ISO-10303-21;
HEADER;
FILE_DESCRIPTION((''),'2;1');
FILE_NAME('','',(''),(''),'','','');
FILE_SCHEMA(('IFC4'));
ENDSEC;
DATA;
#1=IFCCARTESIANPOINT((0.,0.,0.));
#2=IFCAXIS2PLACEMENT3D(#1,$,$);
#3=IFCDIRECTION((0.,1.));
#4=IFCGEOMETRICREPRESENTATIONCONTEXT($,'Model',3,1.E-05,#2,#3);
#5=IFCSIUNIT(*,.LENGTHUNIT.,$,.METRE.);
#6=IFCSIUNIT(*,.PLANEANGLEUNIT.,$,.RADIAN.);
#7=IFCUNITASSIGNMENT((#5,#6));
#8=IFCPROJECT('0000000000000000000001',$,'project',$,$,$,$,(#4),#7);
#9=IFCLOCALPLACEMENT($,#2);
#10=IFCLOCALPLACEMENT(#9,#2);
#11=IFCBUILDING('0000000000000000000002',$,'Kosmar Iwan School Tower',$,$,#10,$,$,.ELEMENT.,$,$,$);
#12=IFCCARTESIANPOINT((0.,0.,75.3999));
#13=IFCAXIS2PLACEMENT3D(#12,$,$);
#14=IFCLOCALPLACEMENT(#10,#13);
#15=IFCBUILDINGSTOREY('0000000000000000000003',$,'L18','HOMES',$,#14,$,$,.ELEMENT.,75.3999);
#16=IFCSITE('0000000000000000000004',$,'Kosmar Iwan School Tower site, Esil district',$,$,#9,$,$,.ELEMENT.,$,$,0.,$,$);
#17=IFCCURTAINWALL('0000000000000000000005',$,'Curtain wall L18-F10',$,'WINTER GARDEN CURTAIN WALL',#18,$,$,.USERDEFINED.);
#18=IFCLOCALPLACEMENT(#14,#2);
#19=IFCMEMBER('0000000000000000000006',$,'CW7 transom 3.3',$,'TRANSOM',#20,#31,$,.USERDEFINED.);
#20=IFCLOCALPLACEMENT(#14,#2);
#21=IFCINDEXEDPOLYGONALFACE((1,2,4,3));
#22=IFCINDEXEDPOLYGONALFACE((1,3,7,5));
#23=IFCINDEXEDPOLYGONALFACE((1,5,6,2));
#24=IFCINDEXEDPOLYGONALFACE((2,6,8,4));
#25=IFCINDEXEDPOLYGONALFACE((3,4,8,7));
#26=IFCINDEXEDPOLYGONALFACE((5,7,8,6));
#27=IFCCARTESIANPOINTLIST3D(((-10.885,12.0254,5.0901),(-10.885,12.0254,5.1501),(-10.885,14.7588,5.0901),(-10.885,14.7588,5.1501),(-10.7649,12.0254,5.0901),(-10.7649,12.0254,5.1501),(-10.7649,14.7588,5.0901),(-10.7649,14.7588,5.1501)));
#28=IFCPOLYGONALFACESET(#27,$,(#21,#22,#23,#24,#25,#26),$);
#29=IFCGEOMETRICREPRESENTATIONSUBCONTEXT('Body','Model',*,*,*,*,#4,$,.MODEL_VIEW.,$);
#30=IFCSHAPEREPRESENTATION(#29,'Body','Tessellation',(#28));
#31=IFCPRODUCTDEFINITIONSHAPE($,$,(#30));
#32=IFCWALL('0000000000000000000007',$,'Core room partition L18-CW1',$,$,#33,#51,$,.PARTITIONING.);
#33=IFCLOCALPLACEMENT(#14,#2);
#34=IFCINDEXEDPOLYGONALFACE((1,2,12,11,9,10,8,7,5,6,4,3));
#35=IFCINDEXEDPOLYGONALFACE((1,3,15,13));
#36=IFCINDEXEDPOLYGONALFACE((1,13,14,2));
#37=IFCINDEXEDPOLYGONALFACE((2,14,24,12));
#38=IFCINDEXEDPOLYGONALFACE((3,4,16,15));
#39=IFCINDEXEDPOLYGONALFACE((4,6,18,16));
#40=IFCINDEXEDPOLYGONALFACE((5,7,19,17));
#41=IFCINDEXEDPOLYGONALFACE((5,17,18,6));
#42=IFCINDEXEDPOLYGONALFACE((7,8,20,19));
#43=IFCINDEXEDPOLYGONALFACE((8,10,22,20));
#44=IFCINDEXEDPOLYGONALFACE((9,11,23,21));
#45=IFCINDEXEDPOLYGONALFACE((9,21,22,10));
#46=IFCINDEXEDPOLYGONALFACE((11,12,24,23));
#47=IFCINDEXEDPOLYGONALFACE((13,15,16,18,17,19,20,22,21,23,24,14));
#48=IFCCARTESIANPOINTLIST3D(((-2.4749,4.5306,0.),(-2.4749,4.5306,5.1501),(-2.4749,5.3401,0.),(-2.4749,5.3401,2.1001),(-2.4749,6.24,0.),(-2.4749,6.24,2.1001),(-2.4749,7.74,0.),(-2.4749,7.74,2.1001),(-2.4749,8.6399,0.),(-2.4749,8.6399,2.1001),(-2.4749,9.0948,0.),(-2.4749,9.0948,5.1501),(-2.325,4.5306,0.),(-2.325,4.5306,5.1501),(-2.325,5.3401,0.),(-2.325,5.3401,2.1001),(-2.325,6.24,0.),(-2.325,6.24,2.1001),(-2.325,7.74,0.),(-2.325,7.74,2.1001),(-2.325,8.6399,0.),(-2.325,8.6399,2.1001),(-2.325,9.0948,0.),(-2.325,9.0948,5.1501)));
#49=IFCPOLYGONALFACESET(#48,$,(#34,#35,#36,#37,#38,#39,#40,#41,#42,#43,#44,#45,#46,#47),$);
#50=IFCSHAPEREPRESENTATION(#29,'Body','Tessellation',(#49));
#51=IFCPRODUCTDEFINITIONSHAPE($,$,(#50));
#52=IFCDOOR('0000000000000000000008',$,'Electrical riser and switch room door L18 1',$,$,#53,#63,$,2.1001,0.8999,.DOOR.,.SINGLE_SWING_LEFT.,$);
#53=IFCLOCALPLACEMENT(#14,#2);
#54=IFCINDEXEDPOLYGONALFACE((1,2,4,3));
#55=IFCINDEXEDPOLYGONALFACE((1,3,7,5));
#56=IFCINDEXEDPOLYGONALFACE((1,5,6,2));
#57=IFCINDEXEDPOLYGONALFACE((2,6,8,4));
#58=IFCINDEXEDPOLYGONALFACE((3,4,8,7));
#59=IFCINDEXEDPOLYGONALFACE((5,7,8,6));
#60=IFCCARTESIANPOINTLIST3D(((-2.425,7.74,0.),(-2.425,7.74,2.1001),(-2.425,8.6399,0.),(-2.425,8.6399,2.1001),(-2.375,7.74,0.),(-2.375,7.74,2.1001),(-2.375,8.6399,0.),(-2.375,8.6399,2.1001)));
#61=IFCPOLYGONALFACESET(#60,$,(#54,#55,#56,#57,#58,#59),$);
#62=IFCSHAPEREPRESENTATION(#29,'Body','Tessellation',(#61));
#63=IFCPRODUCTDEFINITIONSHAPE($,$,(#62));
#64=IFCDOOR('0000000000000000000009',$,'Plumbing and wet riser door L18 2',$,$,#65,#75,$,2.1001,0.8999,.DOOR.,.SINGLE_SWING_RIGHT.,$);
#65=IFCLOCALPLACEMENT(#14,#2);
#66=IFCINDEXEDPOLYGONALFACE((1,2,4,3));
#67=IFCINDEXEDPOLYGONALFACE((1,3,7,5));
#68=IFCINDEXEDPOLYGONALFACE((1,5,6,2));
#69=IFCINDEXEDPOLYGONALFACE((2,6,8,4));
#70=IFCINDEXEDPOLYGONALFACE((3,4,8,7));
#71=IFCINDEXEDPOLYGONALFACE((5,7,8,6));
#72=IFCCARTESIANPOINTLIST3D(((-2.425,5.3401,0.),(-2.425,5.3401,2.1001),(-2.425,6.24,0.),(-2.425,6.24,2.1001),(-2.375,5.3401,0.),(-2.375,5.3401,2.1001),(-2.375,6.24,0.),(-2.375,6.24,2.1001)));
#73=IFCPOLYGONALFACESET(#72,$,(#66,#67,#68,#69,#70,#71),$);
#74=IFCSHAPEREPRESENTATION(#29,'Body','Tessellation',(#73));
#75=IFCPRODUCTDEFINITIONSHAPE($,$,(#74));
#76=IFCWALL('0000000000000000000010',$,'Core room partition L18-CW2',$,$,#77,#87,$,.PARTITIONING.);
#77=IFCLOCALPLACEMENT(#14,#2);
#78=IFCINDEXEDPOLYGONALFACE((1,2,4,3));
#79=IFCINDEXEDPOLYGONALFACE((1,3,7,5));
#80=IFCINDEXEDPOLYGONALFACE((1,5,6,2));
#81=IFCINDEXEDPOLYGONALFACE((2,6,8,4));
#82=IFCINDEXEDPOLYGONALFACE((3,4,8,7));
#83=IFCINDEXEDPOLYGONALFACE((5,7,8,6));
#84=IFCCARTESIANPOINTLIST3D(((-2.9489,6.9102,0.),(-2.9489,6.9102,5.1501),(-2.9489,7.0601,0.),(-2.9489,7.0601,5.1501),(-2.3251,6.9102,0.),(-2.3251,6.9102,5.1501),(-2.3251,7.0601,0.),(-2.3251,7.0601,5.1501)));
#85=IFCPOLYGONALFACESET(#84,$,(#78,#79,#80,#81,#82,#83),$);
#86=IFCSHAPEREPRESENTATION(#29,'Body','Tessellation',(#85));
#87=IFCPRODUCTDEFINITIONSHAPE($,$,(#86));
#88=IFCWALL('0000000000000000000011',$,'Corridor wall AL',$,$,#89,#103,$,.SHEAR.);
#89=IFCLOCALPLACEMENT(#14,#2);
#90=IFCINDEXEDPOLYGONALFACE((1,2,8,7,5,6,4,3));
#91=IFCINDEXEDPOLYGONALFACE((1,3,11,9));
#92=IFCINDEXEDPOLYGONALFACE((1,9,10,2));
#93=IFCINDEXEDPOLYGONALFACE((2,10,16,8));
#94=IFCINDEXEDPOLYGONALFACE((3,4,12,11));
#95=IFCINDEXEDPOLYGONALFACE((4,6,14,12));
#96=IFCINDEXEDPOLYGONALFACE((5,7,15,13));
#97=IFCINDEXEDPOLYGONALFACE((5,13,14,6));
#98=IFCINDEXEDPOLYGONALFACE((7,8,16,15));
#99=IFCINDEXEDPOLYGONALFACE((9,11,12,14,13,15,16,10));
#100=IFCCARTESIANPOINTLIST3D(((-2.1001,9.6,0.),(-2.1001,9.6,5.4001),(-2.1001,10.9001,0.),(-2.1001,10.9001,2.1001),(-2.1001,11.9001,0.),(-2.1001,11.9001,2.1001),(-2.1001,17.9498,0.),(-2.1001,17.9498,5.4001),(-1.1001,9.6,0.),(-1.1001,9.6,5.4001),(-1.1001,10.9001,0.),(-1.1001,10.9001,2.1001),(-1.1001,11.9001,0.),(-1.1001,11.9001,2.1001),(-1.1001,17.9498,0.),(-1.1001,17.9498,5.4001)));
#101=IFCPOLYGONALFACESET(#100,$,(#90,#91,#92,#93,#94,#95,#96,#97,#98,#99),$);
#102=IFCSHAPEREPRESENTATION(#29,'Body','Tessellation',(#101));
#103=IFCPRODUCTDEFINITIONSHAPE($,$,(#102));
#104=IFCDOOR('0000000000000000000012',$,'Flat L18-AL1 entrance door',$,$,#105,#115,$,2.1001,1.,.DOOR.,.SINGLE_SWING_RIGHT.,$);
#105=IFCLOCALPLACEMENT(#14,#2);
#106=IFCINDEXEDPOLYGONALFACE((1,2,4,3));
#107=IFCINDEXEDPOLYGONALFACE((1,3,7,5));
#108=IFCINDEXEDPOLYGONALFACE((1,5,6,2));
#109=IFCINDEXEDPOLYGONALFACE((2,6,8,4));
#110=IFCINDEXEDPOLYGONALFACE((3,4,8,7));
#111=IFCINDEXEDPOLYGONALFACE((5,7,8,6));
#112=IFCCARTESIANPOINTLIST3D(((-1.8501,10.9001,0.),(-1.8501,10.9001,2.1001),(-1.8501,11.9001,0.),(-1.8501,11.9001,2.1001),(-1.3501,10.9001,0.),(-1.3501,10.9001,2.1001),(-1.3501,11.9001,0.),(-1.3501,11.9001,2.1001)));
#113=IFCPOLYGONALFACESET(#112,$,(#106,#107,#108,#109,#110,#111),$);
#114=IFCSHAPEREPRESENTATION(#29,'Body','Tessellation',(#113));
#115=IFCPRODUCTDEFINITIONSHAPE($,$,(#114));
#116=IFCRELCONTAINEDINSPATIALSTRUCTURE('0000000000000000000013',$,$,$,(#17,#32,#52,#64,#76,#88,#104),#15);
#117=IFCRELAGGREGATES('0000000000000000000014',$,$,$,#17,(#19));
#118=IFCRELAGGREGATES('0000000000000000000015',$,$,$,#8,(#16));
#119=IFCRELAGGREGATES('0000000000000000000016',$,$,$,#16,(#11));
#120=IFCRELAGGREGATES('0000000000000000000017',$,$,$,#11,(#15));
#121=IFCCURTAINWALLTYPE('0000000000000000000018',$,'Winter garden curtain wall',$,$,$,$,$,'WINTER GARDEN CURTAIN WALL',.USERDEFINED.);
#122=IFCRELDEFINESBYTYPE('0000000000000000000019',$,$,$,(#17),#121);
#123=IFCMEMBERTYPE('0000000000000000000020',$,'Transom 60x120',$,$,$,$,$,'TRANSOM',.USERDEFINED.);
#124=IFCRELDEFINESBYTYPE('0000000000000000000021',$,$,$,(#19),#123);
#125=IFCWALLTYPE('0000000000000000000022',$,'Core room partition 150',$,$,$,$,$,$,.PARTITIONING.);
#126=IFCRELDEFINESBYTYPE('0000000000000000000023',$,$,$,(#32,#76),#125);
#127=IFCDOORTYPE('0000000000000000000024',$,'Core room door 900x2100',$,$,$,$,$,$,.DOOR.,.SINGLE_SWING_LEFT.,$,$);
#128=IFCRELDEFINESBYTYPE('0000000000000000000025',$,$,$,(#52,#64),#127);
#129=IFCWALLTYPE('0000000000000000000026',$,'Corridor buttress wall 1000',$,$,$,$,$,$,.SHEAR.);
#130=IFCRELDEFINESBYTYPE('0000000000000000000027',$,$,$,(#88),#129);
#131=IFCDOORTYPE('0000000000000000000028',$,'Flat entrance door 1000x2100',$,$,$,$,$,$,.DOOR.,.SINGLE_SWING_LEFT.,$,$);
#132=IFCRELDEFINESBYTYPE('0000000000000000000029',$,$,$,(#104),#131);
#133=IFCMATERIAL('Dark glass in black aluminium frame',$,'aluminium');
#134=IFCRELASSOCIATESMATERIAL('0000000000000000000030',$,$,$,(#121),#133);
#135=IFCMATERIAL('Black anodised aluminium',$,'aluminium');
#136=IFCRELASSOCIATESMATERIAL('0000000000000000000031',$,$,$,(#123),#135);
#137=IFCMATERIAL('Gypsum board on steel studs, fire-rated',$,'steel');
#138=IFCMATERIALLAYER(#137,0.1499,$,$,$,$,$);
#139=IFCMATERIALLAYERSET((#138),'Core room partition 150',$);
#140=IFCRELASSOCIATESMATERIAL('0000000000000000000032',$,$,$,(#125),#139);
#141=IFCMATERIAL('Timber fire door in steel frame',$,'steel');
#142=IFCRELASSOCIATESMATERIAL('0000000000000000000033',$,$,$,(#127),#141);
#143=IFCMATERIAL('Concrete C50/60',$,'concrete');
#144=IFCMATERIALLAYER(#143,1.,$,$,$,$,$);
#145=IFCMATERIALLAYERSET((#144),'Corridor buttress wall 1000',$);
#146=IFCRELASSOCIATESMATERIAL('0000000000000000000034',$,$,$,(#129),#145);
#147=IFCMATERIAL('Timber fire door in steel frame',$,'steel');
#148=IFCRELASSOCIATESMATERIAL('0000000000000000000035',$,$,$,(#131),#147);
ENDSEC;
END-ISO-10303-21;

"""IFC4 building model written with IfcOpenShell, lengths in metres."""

from ifc_helpers import new_model, si_unit, direction, frame, frame_2d, origin, origin_2d, place, context, subcontext, project, spatial, rectangle, extrude, material, layer, layer_set, material_profile, profile_set, type_object, element, fill, aggregate, save


model = new_model("IFC4")

# Units and contexts
model_context = context("Model", 3, precision=1e-05, world=origin(), true_north=direction((0.0, 1.0)))
body_context = subcontext(model_context, "Body", "Model", "MODEL_VIEW")
ifc_project = project(units=[si_unit("LENGTHUNIT", "METRE"), si_unit("PLANEANGLEUNIT", "RADIAN")], contexts=[model_context])

# Site, building, storey
site_placement = place(None, origin())
site = spatial("IfcSite", under=ifc_project, at=site_placement, Name="Kosmar Iwan School Tower site, Esil district", CompositionType="ELEMENT", RefElevation=0.0)
building_placement = place(site_placement, origin())
building = spatial("IfcBuilding", under=site, at=building_placement, Name="Kosmar Iwan School Tower", CompositionType="ELEMENT")
storey_placement = place(building_placement, frame((0.0, 0.0, 75.3999)))
storey = spatial("IfcBuildingStorey", under=building, at=storey_placement, Name="L18", Description="HOMES", CompositionType="ELEMENT", Elevation=75.3999)

# Curtain wall, member
ifc_material_1 = material(Name="Dark glass in black aluminium frame", Category="aluminium")
curtain_wall_type = type_object("IfcCurtainWallType", Name="Winter garden curtain wall", ElementType="WINTER GARDEN CURTAIN WALL", PredefinedType="USERDEFINED", material=ifc_material_1)
curtain_wall_placement = place(storey_placement, origin())
curtain_wall = element("IfcCurtainWall", 1, at=curtain_wall_placement, inside=storey, type_object=curtain_wall_type, Name="Curtain wall L18-F10", ObjectType="WINTER GARDEN CURTAIN WALL", PredefinedType="USERDEFINED")
ifc_material_2 = material(Name="Black anodised aluminium", Category="aluminium")
ifc_material_profile = material_profile(ifc_material_2, rectangle(XDim=0.1201, YDim=0.0601, at=origin_2d()), Name="TRANSOM 60x120")
ifc_profile_set = profile_set([ifc_material_profile], Name="Black anodised aluminium")
member_type = type_object("IfcMemberType", Name="Transom 60x120", ElementType="TRANSOM", PredefinedType="USERDEFINED", material=ifc_profile_set)
member_placement = place(storey_placement, frame((-10.825, 12.0254, 5.1201), z_axis=(0.0, 1.0, 0.0), x_axis=(-1.0, 0.0, 0.0)))
member = element("IfcMember", 2, at=member_placement, type_object=member_type, Name="CW7 transom 3.3", ObjectType="TRANSOM", PredefinedType="USERDEFINED", context=body_context, shape_type="SweptSolid", body=[
    extrude(rectangle(XDim=0.1201, YDim=0.0601, at=origin_2d()), origin(), (0.0, 0.0, 1.0), 2.7334),
])
aggregate(curtain_wall, [member])

# Wall, openings, doors
ifc_material_3 = material(Name="Gypsum board on steel studs, fire-rated", Category="steel")
ifc_layer_1 = layer(ifc_material_3, 0.1499)
ifc_layer_set_1 = layer_set([ifc_layer_1], Name="Core room partition 150")
wall_type_1 = type_object("IfcWallType", Name="Core room partition 150", PredefinedType="PARTITIONING", material=ifc_layer_set_1)
wall_1_placement = place(storey_placement, frame((-2.3999, 9.095, 0.0), z_axis=(0.0, 0.0, 1.0), x_axis=(0.0, -1.0, 0.0)))
wall_1 = element("IfcWall", 3, at=wall_1_placement, inside=storey, type_object=wall_type_1, Name="Core room partition L18-CW1", PredefinedType="PARTITIONING", context=body_context, shape_type="SweptSolid", body=[
    extrude(rectangle(XDim=4.5642, YDim=0.1499, at=frame_2d((2.2822, 0.0))), origin(), (0.0, 0.0, 1.0), 5.1501),
])
opening_1_placement = place(wall_1_placement, frame((0.4551, 0.0, 0.0)))
opening_1 = element("IfcOpeningElement", 4, at=opening_1_placement, cuts=wall_1, PredefinedType="OPENING", context=body_context, shape_type="SweptSolid", body=[
    extrude(rectangle(XDim=0.8999, YDim=2.1001, at=frame_2d((0.45, 1.05))), frame((0.0, 0.0869, 0.0), z_axis=(0.0, -1.0, 0.0), x_axis=(1.0, 0.0, 0.0)), (0.0, 0.0, 1.0), 0.1738),
])
opening_2_placement = place(wall_1_placement, frame((2.855, 0.0, 0.0)))
opening_2 = element("IfcOpeningElement", 5, at=opening_2_placement, cuts=wall_1, PredefinedType="OPENING", context=body_context, shape_type="SweptSolid", body=[
    extrude(rectangle(XDim=0.8999, YDim=2.1001, at=frame_2d((0.45, 1.05))), frame((0.0, 0.0869, 0.0), z_axis=(0.0, -1.0, 0.0), x_axis=(1.0, 0.0, 0.0)), (0.0, 0.0, 1.0), 0.1738),
])
ifc_material_4 = material(Name="Timber fire door in steel frame", Category="steel")
door_type_1 = type_object("IfcDoorType", Name="Core room door 900x2100", OperationType="SINGLE_SWING_LEFT", PredefinedType="DOOR", material=ifc_material_4)
door_1_placement = place(opening_1_placement, origin())
door_1 = element("IfcDoor", 6, at=door_1_placement, inside=storey, type_object=door_type_1, Name="Electrical riser and switch room door L18 1", OperationType="SINGLE_SWING_LEFT", OverallHeight=2.1001, OverallWidth=0.8999, PredefinedType="DOOR", context=body_context, shape_type="SweptSolid", body=[
    extrude(rectangle(XDim=0.8999, YDim=2.1001, at=frame_2d((0.45, 1.05))), frame((0.0, 0.0249, 0.0), z_axis=(0.0, -1.0, 0.0), x_axis=(1.0, 0.0, 0.0)), (0.0, 0.0, 1.0), 0.05),
])
fill(opening_1, door_1)
door_2_placement = place(opening_2_placement, origin())
door_2 = element("IfcDoor", 7, at=door_2_placement, inside=storey, type_object=door_type_1, Name="Plumbing and wet riser door L18 2", OperationType="SINGLE_SWING_RIGHT", OverallHeight=2.1001, OverallWidth=0.8999, PredefinedType="DOOR", context=body_context, shape_type="SweptSolid", body=[
    extrude(rectangle(XDim=0.8999, YDim=2.1001, at=frame_2d((0.45, 1.05))), frame((0.0, 0.0249, 0.0), z_axis=(0.0, -1.0, 0.0), x_axis=(1.0, 0.0, 0.0)), (0.0, 0.0, 1.0), 0.05),
])
fill(opening_2, door_2)

# Wall
wall_2_placement = place(storey_placement, frame((-2.325, 6.9851, 0.0), z_axis=(0.0, 0.0, 1.0), x_axis=(-1.0, 0.0, 0.0)))
element("IfcWall", 8, at=wall_2_placement, inside=storey, type_object=wall_type_1, Name="Core room partition L18-CW2", PredefinedType="PARTITIONING", context=body_context, shape_type="SweptSolid", body=[
    extrude(rectangle(XDim=0.6238, YDim=0.1499, at=frame_2d((0.312, 0.0))), origin(), (0.0, 0.0, 1.0), 5.1501),
])

# Wall, opening, door
ifc_material_5 = material(Name="Concrete C50/60", Category="concrete")
ifc_layer_2 = layer(ifc_material_5, 1.0)
ifc_layer_set_2 = layer_set([ifc_layer_2], Name="Corridor buttress wall 1000")
wall_type_2 = type_object("IfcWallType", Name="Corridor buttress wall 1000", PredefinedType="SHEAR", material=ifc_layer_set_2)
wall_3_placement = place(storey_placement, frame((-1.6001, 9.6001, 0.0), z_axis=(0.0, 0.0, 1.0), x_axis=(0.0, 1.0, 0.0)))
wall_3 = element("IfcWall", 9, at=wall_3_placement, inside=storey, type_object=wall_type_2, Name="Corridor wall AL", PredefinedType="SHEAR", context=body_context, shape_type="SweptSolid", body=[
    extrude(rectangle(XDim=8.3499, YDim=1.0, at=frame_2d((4.1748, 0.0))), origin(), (0.0, 0.0, 1.0), 5.4001),
])
opening_3_placement = place(wall_3_placement, frame((1.3, 0.0, 0.0)))
opening_3 = element("IfcOpeningElement", 10, at=opening_3_placement, cuts=wall_3, PredefinedType="OPENING", context=body_context, shape_type="SweptSolid", body=[
    extrude(rectangle(XDim=1.0, YDim=2.1001, at=frame_2d((0.5, 1.05))), frame((0.0, 0.512, 0.0), z_axis=(0.0, -1.0, 0.0), x_axis=(1.0, 0.0, 0.0)), (0.0, 0.0, 1.0), 1.0239),
])
ifc_material_6 = material(Name="Timber fire door in steel frame", Category="steel")
door_type_2 = type_object("IfcDoorType", Name="Flat entrance door 1000x2100", OperationType="SINGLE_SWING_LEFT", PredefinedType="DOOR", material=ifc_material_6)
door_3_placement = place(opening_3_placement, origin())
door_3 = element("IfcDoor", 11, at=door_3_placement, inside=storey, type_object=door_type_2, Name="Flat L18-AL1 entrance door", OperationType="SINGLE_SWING_RIGHT", OverallHeight=2.1001, OverallWidth=1.0, PredefinedType="DOOR", context=body_context, shape_type="SweptSolid", body=[
    extrude(rectangle(XDim=1.0, YDim=2.1001, at=frame_2d((0.5, 1.05))), frame((0.0, 0.25, 0.0), z_axis=(0.0, -1.0, 0.0), x_axis=(1.0, 0.0, 0.0)), (0.0, 0.0, 1.0), 0.5),
])
fill(opening_3, door_3)

save(model, "model.ifc")
